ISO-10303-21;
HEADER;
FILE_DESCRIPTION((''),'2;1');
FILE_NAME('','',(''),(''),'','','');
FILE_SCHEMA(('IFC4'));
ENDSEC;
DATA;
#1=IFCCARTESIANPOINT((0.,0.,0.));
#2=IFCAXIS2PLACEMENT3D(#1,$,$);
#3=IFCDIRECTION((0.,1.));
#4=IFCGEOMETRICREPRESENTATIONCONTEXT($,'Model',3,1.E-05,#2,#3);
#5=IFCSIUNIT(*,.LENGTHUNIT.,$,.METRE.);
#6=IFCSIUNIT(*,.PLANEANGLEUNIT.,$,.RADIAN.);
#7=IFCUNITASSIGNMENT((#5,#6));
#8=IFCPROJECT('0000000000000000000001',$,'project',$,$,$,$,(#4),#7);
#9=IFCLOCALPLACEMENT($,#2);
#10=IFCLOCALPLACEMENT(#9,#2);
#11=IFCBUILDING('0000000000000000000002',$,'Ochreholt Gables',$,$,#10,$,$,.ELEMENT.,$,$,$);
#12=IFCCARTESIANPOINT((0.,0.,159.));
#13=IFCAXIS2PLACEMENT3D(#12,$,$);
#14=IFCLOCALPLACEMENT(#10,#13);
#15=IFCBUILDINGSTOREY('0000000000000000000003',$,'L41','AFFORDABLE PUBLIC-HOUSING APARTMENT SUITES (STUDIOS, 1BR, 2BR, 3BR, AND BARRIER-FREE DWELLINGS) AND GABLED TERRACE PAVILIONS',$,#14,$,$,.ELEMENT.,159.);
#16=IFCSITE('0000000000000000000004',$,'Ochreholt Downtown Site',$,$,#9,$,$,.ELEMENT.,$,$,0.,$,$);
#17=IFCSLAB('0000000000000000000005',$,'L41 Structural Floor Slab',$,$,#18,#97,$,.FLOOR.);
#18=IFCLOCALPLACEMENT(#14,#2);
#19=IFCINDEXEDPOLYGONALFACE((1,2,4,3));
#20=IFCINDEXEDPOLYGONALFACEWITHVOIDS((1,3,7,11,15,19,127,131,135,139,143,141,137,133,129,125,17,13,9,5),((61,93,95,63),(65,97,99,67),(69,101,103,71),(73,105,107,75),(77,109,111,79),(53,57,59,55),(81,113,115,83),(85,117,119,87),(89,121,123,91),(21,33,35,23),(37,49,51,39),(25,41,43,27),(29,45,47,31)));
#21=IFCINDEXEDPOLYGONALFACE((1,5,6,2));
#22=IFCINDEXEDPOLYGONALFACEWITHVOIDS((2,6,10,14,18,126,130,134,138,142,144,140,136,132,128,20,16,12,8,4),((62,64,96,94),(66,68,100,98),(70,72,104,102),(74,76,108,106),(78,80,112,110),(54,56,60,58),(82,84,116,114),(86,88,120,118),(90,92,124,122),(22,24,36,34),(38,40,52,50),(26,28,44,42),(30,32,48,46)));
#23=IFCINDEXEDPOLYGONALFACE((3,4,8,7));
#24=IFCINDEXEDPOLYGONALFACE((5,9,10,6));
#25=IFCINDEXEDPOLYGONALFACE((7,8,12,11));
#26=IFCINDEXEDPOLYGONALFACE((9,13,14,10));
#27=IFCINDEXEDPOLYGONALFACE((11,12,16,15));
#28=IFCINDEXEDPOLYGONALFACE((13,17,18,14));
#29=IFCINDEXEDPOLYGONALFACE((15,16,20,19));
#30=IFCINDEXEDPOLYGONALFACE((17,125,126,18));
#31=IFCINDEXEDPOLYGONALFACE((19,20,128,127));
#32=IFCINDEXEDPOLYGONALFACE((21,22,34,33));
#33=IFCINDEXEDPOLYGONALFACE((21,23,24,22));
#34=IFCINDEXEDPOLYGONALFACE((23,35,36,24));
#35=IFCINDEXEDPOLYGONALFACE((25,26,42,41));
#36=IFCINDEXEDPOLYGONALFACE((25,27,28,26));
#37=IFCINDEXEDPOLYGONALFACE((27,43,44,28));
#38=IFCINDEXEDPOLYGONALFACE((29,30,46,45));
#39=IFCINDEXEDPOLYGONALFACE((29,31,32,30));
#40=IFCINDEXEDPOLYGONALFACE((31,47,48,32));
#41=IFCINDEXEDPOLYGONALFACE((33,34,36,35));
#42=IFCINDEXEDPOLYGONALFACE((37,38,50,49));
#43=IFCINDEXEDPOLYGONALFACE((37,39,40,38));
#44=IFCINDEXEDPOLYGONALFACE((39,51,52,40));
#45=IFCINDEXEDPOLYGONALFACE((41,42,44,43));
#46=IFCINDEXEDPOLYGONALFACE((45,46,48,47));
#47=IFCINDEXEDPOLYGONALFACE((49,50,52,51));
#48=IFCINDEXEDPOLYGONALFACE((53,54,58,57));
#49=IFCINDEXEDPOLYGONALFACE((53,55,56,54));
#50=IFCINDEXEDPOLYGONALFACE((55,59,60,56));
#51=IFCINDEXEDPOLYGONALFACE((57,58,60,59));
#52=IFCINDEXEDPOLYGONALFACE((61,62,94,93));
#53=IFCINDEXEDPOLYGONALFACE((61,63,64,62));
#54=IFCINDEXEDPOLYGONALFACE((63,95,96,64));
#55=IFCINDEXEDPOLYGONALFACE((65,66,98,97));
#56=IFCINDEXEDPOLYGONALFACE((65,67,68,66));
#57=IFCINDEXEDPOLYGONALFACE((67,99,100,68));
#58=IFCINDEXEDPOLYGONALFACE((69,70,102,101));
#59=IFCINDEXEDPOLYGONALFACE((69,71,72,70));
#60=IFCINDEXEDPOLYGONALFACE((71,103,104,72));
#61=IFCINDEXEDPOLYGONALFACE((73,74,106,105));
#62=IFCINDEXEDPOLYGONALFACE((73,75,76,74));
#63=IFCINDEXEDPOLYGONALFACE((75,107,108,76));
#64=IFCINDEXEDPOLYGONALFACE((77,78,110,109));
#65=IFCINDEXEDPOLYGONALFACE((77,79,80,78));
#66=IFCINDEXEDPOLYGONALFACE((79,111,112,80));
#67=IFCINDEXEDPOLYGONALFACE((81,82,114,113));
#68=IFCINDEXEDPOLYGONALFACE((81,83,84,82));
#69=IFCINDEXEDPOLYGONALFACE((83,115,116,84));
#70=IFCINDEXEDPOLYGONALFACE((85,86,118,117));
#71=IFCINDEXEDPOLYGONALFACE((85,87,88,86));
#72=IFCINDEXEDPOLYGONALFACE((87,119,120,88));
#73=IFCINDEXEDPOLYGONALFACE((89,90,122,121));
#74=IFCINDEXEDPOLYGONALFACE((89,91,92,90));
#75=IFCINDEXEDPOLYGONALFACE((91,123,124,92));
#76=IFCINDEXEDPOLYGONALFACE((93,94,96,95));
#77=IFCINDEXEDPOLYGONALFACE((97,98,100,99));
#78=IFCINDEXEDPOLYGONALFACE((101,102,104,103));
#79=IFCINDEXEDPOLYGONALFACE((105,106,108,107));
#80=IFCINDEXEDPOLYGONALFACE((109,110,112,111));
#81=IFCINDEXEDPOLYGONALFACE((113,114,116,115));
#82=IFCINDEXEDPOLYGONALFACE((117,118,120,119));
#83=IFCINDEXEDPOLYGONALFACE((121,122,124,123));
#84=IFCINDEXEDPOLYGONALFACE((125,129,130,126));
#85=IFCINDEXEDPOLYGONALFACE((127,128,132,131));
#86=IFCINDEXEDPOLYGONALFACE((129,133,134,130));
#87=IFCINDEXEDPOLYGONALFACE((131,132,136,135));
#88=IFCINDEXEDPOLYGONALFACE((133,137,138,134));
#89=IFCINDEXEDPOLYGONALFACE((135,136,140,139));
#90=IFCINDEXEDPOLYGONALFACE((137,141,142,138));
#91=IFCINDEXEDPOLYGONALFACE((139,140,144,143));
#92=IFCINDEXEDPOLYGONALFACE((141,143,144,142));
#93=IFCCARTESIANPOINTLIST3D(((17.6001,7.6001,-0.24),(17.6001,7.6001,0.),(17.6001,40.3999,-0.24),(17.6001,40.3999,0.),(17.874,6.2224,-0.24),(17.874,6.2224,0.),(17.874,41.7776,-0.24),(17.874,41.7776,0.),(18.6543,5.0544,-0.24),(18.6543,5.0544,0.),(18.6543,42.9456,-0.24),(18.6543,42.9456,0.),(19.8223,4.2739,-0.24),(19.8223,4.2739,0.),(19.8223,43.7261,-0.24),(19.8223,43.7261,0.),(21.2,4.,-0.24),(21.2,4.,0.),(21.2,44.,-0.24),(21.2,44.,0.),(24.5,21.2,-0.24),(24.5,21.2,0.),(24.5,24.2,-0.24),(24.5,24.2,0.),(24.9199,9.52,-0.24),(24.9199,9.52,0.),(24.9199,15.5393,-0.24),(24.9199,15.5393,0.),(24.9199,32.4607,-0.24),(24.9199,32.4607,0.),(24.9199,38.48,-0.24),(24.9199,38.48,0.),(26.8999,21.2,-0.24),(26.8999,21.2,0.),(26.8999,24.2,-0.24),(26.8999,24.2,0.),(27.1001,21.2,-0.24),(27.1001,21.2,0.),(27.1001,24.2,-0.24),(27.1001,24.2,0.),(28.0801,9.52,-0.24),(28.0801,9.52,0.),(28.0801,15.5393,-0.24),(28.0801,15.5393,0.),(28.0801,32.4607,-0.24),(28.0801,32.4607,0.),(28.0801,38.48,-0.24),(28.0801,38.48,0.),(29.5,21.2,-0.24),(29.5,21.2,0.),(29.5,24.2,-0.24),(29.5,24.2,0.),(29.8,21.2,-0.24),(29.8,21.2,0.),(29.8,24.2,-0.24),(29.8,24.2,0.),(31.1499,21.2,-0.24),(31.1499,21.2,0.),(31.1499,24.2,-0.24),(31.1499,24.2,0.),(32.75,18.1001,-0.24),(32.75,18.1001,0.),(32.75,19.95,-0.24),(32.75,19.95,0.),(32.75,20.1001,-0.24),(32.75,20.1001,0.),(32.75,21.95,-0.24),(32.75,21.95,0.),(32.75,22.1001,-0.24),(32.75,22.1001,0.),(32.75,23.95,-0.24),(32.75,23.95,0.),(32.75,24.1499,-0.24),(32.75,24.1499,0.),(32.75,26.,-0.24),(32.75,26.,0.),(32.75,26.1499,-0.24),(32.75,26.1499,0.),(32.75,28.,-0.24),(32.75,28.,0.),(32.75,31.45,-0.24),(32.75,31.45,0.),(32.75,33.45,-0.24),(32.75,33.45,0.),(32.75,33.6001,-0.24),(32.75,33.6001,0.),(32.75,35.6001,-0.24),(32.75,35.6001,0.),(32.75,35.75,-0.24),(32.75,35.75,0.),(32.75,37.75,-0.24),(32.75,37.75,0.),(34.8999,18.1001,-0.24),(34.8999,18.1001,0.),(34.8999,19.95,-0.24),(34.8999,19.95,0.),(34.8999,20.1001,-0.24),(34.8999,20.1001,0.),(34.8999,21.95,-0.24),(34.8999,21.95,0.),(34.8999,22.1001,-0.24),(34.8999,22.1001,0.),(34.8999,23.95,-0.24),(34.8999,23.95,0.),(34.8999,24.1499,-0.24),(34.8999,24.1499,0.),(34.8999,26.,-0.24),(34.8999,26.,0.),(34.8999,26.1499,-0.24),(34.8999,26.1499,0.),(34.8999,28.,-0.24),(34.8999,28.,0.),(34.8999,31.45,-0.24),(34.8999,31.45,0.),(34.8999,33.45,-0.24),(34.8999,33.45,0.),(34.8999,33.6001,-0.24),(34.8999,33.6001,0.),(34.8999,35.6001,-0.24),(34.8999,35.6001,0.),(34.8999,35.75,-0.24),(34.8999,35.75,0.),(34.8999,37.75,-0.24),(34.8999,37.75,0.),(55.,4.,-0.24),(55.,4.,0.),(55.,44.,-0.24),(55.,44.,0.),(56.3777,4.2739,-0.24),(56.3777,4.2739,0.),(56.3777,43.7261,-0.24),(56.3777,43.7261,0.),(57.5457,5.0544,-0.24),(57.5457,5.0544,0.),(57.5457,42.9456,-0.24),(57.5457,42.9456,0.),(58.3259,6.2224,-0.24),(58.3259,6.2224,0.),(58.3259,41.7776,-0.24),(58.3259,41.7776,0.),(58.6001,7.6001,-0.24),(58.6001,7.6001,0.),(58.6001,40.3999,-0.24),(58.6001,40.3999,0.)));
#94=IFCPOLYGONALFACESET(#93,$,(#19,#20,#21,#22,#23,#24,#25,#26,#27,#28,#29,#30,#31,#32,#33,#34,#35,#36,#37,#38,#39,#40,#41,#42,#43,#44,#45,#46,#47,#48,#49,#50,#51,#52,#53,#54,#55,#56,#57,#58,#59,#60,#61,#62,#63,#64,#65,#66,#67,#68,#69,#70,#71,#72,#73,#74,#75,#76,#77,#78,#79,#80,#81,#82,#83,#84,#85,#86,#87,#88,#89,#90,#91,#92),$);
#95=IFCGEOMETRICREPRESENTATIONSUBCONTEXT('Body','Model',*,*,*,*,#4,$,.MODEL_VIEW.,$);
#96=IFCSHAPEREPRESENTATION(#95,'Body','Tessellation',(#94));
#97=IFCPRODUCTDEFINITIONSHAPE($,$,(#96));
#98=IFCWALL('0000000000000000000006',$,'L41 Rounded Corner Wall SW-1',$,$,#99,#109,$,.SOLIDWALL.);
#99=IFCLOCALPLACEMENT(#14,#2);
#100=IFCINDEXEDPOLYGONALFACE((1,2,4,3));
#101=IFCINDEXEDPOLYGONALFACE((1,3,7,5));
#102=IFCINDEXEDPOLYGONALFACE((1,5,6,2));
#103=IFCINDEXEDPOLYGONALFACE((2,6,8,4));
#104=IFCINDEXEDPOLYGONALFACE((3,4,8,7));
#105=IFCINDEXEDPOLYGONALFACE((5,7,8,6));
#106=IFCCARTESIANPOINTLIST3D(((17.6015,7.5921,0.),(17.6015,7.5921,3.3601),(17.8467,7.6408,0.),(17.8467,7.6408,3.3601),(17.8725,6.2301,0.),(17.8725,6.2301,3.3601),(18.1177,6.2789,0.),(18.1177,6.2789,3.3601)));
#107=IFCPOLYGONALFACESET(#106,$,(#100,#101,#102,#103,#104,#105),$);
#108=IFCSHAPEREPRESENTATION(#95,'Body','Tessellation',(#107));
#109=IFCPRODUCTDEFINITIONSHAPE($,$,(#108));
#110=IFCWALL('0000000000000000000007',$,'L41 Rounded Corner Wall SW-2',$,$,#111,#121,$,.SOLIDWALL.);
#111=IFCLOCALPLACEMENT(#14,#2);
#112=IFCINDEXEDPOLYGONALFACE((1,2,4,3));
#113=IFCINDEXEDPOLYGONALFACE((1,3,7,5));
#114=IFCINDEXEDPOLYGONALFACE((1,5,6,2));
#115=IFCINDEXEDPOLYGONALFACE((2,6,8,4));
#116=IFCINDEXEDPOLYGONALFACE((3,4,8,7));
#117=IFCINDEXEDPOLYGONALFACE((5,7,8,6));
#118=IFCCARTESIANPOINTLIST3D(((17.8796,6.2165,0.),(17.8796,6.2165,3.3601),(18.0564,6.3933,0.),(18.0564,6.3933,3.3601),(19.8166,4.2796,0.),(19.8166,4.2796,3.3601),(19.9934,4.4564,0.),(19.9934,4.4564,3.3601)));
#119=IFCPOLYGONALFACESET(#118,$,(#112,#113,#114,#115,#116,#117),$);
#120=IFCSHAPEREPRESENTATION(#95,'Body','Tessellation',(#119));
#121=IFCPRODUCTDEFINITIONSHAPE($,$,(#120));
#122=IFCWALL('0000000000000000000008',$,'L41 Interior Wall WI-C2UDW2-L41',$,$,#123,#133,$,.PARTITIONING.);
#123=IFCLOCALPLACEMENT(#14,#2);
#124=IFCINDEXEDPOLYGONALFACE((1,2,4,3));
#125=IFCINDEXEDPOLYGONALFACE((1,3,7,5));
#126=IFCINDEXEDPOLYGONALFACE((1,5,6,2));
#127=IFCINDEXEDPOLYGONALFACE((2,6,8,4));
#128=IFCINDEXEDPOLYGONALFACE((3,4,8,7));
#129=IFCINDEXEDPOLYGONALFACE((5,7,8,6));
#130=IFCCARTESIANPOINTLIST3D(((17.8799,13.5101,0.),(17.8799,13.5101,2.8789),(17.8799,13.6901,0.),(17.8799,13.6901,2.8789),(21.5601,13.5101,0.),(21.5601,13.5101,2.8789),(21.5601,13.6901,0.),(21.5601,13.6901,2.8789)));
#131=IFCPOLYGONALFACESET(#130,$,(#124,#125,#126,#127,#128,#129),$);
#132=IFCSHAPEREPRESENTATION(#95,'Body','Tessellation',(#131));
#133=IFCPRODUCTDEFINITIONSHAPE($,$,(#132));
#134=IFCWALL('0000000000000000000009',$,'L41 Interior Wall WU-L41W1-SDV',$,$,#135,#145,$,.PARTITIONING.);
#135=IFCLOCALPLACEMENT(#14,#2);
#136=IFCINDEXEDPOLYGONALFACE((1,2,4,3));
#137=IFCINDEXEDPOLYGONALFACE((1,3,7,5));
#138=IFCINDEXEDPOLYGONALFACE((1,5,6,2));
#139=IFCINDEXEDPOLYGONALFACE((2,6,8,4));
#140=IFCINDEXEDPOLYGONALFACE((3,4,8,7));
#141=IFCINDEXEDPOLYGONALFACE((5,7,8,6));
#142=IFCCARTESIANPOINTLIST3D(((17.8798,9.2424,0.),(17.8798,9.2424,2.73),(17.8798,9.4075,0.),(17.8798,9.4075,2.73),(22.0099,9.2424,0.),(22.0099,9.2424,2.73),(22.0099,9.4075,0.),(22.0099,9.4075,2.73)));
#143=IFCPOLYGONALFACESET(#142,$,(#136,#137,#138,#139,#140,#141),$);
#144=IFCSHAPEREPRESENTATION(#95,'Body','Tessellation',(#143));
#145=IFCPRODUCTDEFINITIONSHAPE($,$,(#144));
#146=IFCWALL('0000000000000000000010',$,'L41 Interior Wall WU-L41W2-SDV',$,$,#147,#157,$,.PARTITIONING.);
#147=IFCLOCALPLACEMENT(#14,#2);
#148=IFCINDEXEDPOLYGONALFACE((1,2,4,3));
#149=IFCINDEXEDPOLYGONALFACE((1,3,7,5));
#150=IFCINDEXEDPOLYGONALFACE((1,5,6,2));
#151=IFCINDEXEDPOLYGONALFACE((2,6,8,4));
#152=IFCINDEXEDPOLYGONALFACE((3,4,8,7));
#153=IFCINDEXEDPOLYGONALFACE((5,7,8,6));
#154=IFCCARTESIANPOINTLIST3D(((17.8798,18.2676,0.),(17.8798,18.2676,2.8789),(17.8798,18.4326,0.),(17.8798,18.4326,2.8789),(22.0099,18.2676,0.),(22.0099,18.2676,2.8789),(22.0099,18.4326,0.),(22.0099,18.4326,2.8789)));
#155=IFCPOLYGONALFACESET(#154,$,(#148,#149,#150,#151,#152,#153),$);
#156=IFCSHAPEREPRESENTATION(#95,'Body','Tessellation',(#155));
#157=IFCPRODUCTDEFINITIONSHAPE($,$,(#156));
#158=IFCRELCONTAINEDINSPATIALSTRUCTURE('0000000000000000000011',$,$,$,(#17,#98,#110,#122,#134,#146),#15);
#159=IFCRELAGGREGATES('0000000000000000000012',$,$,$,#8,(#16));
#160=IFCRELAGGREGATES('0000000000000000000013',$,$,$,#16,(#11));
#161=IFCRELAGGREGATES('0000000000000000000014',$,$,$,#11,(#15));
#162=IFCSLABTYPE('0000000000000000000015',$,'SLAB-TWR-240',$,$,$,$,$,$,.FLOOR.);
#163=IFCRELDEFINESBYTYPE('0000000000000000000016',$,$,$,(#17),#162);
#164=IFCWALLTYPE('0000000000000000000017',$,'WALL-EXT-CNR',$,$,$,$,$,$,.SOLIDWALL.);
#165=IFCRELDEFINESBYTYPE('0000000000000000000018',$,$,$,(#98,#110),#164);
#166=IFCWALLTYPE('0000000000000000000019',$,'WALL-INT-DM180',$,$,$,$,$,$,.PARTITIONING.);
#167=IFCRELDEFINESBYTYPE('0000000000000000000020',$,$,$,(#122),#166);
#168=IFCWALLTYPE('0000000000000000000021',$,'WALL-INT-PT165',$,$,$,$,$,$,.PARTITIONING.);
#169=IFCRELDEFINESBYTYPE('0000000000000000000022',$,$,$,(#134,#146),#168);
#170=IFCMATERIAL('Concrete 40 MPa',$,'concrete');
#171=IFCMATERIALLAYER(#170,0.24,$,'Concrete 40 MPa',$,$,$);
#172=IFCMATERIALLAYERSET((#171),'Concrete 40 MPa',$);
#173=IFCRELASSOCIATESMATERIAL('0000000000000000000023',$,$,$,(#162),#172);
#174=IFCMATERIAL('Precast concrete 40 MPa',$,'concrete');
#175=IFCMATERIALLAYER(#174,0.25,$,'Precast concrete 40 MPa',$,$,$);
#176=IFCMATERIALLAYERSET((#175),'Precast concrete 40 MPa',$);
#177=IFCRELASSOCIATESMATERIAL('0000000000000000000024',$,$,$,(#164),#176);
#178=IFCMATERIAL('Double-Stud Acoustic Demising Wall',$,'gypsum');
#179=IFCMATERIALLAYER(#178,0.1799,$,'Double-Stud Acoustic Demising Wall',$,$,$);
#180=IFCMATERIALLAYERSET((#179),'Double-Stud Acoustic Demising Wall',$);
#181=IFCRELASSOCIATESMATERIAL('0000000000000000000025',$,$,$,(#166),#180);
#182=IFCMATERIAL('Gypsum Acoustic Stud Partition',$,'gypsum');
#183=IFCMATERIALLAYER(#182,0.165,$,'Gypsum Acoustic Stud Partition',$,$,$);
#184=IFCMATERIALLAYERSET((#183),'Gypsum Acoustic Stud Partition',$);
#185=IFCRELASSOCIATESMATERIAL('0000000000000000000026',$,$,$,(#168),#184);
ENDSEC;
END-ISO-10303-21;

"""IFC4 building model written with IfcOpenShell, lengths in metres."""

from ifc_helpers import new_model, si_unit, direction, frame, frame_2d, origin, place, context, subcontext, project, spatial, polyline, rectangle, outline, extrude, material, layer, layer_set, type_object, element, save


model = new_model("IFC4")

# Units and contexts
model_context = context("Model", 3, precision=1e-05, world=origin(), true_north=direction((0.0, 1.0)))
body_context = subcontext(model_context, "Body", "Model", "MODEL_VIEW")
ifc_project = project(units=[si_unit("LENGTHUNIT", "METRE"), si_unit("PLANEANGLEUNIT", "RADIAN")], contexts=[model_context])

# Site, building, storey
site_placement = place(None, origin())
site = spatial("IfcSite", under=ifc_project, at=site_placement, Name="Ochreholt Downtown Site", CompositionType="ELEMENT", RefElevation=0.0)
building_placement = place(site_placement, origin())
building = spatial("IfcBuilding", under=site, at=building_placement, Name="Ochreholt Gables", CompositionType="ELEMENT")
storey_placement = place(building_placement, frame((0.0, 0.0, 159.0)))
storey = spatial("IfcBuildingStorey", under=building, at=storey_placement, Name="L41", Description="AFFORDABLE PUBLIC-HOUSING APARTMENT SUITES (STUDIOS, 1BR, 2BR, 3BR, AND BARRIER-FREE DWELLINGS) AND GABLED TERRACE PAVILIONS", CompositionType="ELEMENT", Elevation=159.0)

# Shared definitions
ifc_material_1 = material(Name="Concrete 40 MPa", Category="concrete")

# Slab
ifc_layer_1 = layer(ifc_material_1, 0.24, Name="Concrete 40 MPa")
ifc_layer_set_1 = layer_set([ifc_layer_1], Name="Concrete 40 MPa")
slab_type_1 = type_object("IfcSlabType", Name="SLAB-TWR-240", PredefinedType="FLOOR", material=ifc_layer_set_1)
slab_1_placement = place(storey_placement, frame((0.0, 0.0, -0.24)))
element("IfcSlab", 1, at=slab_1_placement, inside=storey, type_object=slab_type_1, Name="L41 Structural Floor Slab", PredefinedType="FLOOR", context=body_context, shape_type="SweptSolid", body=[
    extrude(outline(polyline([(17.6001, 7.6001), (17.874, 6.2224), (18.6543, 5.0544), (19.8223, 4.2739), (21.2, 4.0), (55.0, 4.0), (56.3777, 4.2739), (57.5457, 5.0544), (58.3259, 6.2224), (58.6001, 7.6001), (58.6001, 40.3999), (58.3259, 41.7776), (57.5457, 42.9456), (56.3777, 43.7261), (55.0, 44.0), (21.2, 44.0), (19.8223, 43.7261), (18.6543, 42.9456), (17.874, 41.7776), (17.6001, 40.3999), (17.6001, 7.6001)]), holes=[polyline([(24.9199, 15.5393), (24.9199, 9.52), (28.0801, 9.52), (28.0801, 15.5393), (24.9199, 15.5393)]), polyline([(28.0801, 32.4607), (28.0801, 38.48), (24.9199, 38.48), (24.9199, 32.4607), (28.0801, 32.4607)]), polyline([(24.5, 21.2), (26.8999, 21.2), (26.8999, 24.2), (24.5, 24.2), (24.5, 21.2)]), polyline([(27.1001, 21.2), (29.5, 21.2), (29.5, 24.2), (27.1001, 24.2), (27.1001, 21.2)]), polyline([(32.75, 18.1001), (34.8999, 18.1001), (34.8999, 19.95), (32.75, 19.95), (32.75, 18.1001)]), polyline([(32.75, 20.1001), (34.8999, 20.1001), (34.8999, 21.95), (32.75, 21.95), (32.75, 20.1001)]), polyline([(32.75, 22.1001), (34.8999, 22.1001), (34.8999, 23.95), (32.75, 23.95), (32.75, 22.1001)]), polyline([(32.75, 24.1499), (34.8999, 24.1499), (34.8999, 26.0), (32.75, 26.0), (32.75, 24.1499)]), polyline([(32.75, 26.1499), (34.8999, 26.1499), (34.8999, 28.0), (32.75, 28.0), (32.75, 26.1499)]), polyline([(32.75, 31.45), (34.8999, 31.45), (34.8999, 33.45), (32.75, 33.45), (32.75, 31.45)]), polyline([(32.75, 33.6001), (34.8999, 33.6001), (34.8999, 35.6001), (32.75, 35.6001), (32.75, 33.6001)]), polyline([(32.75, 35.75), (34.8999, 35.75), (34.8999, 37.75), (32.75, 37.75), (32.75, 35.75)]), polyline([(29.8, 21.2), (31.1499, 21.2), (31.1499, 24.2), (29.8, 24.2), (29.8, 21.2)])]), origin(), (0.0, 0.0, 1.0), 0.24),
])

# Walls
ifc_material_2 = material(Name="Precast concrete 40 MPa", Category="concrete")
ifc_layer_2 = layer(ifc_material_2, 0.25, Name="Precast concrete 40 MPa")
ifc_layer_set_2 = layer_set([ifc_layer_2], Name="Precast concrete 40 MPa")
wall_type_1 = type_object("IfcWallType", Name="WALL-EXT-CNR", PredefinedType="SOLIDWALL", material=ifc_layer_set_2)
wall_1_placement = place(storey_placement, frame((17.7241, 7.6165, 0.0), z_axis=(0.0, 0.0, 1.0), x_axis=(0.195136, -0.980776, 0.0)))
element("IfcWall", 2, at=wall_1_placement, inside=storey, type_object=wall_type_1, Name="L41 Rounded Corner Wall SW-1", PredefinedType="SOLIDWALL", context=body_context, shape_type="SweptSolid", body=[
    extrude(rectangle(XDim=1.3887, YDim=0.25, at=frame_2d((0.6943, 0.0))), origin(), (0.0, 0.0, 1.0), 3.3601),
])
wall_2_placement = place(storey_placement, frame((17.968, 6.3049, 0.0), z_axis=(0.0, 0.0, 1.0), x_axis=(0.707107, -0.707107, 0.0)))
element("IfcWall", 3, at=wall_2_placement, inside=storey, type_object=wall_type_1, Name="L41 Rounded Corner Wall SW-2", PredefinedType="SOLIDWALL", context=body_context, shape_type="SweptSolid", body=[
    extrude(rectangle(XDim=2.7393, YDim=0.25, at=frame_2d((1.3696, 0.0))), origin(), (0.0, 0.0, 1.0), 3.3601),
])
ifc_material_3 = material(Name="Double-Stud Acoustic Demising Wall", Category="gypsum")
ifc_layer_3 = layer(ifc_material_3, 0.1799, Name="Double-Stud Acoustic Demising Wall")
ifc_layer_set_3 = layer_set([ifc_layer_3], Name="Double-Stud Acoustic Demising Wall")
wall_type_2 = type_object("IfcWallType", Name="WALL-INT-DM180", PredefinedType="PARTITIONING", material=ifc_layer_set_3)
wall_3_placement = place(storey_placement, frame((17.8799, 13.6001, 0.0), z_axis=(0.0, 0.0, 1.0), x_axis=(1.0, 0.0, 0.0)))
element("IfcWall", 4, at=wall_3_placement, inside=storey, type_object=wall_type_2, Name="L41 Interior Wall WI-C2UDW2-L41", PredefinedType="PARTITIONING", context=body_context, shape_type="SweptSolid", body=[
    extrude(rectangle(XDim=3.6802, YDim=0.1799, at=frame_2d((1.8401, 0.0))), origin(), (0.0, 0.0, 1.0), 2.8789),
])
ifc_material_4 = material(Name="Gypsum Acoustic Stud Partition", Category="gypsum")
ifc_layer_4 = layer(ifc_material_4, 0.165, Name="Gypsum Acoustic Stud Partition")
ifc_layer_set_4 = layer_set([ifc_layer_4], Name="Gypsum Acoustic Stud Partition")
wall_type_3 = type_object("IfcWallType", Name="WALL-INT-PT165", PredefinedType="PARTITIONING", material=ifc_layer_set_4)
wall_4_placement = place(storey_placement, frame((17.8799, 9.325, 0.0), z_axis=(0.0, 0.0, 1.0), x_axis=(1.0, 0.0, 0.0)))
element("IfcWall", 5, at=wall_4_placement, inside=storey, type_object=wall_type_3, Name="L41 Interior Wall WU-L41W1-SDV", PredefinedType="PARTITIONING", context=body_context, shape_type="SweptSolid", body=[
    extrude(rectangle(XDim=4.1301, YDim=0.165, at=frame_2d((2.0649, 0.0))), origin(), (0.0, 0.0, 1.0), 2.73),
])
wall_5_placement = place(storey_placement, frame((17.8799, 18.3501, 0.0), z_axis=(0.0, 0.0, 1.0), x_axis=(1.0, 0.0, 0.0)))
element("IfcWall", 6, at=wall_5_placement, inside=storey, type_object=wall_type_3, Name="L41 Interior Wall WU-L41W2-SDV", PredefinedType="PARTITIONING", context=body_context, shape_type="SweptSolid", body=[
    extrude(rectangle(XDim=4.1301, YDim=0.165, at=frame_2d((2.0649, 0.0))), origin(), (0.0, 0.0, 1.0), 2.8789),
])

save(model, "model.ifc")
